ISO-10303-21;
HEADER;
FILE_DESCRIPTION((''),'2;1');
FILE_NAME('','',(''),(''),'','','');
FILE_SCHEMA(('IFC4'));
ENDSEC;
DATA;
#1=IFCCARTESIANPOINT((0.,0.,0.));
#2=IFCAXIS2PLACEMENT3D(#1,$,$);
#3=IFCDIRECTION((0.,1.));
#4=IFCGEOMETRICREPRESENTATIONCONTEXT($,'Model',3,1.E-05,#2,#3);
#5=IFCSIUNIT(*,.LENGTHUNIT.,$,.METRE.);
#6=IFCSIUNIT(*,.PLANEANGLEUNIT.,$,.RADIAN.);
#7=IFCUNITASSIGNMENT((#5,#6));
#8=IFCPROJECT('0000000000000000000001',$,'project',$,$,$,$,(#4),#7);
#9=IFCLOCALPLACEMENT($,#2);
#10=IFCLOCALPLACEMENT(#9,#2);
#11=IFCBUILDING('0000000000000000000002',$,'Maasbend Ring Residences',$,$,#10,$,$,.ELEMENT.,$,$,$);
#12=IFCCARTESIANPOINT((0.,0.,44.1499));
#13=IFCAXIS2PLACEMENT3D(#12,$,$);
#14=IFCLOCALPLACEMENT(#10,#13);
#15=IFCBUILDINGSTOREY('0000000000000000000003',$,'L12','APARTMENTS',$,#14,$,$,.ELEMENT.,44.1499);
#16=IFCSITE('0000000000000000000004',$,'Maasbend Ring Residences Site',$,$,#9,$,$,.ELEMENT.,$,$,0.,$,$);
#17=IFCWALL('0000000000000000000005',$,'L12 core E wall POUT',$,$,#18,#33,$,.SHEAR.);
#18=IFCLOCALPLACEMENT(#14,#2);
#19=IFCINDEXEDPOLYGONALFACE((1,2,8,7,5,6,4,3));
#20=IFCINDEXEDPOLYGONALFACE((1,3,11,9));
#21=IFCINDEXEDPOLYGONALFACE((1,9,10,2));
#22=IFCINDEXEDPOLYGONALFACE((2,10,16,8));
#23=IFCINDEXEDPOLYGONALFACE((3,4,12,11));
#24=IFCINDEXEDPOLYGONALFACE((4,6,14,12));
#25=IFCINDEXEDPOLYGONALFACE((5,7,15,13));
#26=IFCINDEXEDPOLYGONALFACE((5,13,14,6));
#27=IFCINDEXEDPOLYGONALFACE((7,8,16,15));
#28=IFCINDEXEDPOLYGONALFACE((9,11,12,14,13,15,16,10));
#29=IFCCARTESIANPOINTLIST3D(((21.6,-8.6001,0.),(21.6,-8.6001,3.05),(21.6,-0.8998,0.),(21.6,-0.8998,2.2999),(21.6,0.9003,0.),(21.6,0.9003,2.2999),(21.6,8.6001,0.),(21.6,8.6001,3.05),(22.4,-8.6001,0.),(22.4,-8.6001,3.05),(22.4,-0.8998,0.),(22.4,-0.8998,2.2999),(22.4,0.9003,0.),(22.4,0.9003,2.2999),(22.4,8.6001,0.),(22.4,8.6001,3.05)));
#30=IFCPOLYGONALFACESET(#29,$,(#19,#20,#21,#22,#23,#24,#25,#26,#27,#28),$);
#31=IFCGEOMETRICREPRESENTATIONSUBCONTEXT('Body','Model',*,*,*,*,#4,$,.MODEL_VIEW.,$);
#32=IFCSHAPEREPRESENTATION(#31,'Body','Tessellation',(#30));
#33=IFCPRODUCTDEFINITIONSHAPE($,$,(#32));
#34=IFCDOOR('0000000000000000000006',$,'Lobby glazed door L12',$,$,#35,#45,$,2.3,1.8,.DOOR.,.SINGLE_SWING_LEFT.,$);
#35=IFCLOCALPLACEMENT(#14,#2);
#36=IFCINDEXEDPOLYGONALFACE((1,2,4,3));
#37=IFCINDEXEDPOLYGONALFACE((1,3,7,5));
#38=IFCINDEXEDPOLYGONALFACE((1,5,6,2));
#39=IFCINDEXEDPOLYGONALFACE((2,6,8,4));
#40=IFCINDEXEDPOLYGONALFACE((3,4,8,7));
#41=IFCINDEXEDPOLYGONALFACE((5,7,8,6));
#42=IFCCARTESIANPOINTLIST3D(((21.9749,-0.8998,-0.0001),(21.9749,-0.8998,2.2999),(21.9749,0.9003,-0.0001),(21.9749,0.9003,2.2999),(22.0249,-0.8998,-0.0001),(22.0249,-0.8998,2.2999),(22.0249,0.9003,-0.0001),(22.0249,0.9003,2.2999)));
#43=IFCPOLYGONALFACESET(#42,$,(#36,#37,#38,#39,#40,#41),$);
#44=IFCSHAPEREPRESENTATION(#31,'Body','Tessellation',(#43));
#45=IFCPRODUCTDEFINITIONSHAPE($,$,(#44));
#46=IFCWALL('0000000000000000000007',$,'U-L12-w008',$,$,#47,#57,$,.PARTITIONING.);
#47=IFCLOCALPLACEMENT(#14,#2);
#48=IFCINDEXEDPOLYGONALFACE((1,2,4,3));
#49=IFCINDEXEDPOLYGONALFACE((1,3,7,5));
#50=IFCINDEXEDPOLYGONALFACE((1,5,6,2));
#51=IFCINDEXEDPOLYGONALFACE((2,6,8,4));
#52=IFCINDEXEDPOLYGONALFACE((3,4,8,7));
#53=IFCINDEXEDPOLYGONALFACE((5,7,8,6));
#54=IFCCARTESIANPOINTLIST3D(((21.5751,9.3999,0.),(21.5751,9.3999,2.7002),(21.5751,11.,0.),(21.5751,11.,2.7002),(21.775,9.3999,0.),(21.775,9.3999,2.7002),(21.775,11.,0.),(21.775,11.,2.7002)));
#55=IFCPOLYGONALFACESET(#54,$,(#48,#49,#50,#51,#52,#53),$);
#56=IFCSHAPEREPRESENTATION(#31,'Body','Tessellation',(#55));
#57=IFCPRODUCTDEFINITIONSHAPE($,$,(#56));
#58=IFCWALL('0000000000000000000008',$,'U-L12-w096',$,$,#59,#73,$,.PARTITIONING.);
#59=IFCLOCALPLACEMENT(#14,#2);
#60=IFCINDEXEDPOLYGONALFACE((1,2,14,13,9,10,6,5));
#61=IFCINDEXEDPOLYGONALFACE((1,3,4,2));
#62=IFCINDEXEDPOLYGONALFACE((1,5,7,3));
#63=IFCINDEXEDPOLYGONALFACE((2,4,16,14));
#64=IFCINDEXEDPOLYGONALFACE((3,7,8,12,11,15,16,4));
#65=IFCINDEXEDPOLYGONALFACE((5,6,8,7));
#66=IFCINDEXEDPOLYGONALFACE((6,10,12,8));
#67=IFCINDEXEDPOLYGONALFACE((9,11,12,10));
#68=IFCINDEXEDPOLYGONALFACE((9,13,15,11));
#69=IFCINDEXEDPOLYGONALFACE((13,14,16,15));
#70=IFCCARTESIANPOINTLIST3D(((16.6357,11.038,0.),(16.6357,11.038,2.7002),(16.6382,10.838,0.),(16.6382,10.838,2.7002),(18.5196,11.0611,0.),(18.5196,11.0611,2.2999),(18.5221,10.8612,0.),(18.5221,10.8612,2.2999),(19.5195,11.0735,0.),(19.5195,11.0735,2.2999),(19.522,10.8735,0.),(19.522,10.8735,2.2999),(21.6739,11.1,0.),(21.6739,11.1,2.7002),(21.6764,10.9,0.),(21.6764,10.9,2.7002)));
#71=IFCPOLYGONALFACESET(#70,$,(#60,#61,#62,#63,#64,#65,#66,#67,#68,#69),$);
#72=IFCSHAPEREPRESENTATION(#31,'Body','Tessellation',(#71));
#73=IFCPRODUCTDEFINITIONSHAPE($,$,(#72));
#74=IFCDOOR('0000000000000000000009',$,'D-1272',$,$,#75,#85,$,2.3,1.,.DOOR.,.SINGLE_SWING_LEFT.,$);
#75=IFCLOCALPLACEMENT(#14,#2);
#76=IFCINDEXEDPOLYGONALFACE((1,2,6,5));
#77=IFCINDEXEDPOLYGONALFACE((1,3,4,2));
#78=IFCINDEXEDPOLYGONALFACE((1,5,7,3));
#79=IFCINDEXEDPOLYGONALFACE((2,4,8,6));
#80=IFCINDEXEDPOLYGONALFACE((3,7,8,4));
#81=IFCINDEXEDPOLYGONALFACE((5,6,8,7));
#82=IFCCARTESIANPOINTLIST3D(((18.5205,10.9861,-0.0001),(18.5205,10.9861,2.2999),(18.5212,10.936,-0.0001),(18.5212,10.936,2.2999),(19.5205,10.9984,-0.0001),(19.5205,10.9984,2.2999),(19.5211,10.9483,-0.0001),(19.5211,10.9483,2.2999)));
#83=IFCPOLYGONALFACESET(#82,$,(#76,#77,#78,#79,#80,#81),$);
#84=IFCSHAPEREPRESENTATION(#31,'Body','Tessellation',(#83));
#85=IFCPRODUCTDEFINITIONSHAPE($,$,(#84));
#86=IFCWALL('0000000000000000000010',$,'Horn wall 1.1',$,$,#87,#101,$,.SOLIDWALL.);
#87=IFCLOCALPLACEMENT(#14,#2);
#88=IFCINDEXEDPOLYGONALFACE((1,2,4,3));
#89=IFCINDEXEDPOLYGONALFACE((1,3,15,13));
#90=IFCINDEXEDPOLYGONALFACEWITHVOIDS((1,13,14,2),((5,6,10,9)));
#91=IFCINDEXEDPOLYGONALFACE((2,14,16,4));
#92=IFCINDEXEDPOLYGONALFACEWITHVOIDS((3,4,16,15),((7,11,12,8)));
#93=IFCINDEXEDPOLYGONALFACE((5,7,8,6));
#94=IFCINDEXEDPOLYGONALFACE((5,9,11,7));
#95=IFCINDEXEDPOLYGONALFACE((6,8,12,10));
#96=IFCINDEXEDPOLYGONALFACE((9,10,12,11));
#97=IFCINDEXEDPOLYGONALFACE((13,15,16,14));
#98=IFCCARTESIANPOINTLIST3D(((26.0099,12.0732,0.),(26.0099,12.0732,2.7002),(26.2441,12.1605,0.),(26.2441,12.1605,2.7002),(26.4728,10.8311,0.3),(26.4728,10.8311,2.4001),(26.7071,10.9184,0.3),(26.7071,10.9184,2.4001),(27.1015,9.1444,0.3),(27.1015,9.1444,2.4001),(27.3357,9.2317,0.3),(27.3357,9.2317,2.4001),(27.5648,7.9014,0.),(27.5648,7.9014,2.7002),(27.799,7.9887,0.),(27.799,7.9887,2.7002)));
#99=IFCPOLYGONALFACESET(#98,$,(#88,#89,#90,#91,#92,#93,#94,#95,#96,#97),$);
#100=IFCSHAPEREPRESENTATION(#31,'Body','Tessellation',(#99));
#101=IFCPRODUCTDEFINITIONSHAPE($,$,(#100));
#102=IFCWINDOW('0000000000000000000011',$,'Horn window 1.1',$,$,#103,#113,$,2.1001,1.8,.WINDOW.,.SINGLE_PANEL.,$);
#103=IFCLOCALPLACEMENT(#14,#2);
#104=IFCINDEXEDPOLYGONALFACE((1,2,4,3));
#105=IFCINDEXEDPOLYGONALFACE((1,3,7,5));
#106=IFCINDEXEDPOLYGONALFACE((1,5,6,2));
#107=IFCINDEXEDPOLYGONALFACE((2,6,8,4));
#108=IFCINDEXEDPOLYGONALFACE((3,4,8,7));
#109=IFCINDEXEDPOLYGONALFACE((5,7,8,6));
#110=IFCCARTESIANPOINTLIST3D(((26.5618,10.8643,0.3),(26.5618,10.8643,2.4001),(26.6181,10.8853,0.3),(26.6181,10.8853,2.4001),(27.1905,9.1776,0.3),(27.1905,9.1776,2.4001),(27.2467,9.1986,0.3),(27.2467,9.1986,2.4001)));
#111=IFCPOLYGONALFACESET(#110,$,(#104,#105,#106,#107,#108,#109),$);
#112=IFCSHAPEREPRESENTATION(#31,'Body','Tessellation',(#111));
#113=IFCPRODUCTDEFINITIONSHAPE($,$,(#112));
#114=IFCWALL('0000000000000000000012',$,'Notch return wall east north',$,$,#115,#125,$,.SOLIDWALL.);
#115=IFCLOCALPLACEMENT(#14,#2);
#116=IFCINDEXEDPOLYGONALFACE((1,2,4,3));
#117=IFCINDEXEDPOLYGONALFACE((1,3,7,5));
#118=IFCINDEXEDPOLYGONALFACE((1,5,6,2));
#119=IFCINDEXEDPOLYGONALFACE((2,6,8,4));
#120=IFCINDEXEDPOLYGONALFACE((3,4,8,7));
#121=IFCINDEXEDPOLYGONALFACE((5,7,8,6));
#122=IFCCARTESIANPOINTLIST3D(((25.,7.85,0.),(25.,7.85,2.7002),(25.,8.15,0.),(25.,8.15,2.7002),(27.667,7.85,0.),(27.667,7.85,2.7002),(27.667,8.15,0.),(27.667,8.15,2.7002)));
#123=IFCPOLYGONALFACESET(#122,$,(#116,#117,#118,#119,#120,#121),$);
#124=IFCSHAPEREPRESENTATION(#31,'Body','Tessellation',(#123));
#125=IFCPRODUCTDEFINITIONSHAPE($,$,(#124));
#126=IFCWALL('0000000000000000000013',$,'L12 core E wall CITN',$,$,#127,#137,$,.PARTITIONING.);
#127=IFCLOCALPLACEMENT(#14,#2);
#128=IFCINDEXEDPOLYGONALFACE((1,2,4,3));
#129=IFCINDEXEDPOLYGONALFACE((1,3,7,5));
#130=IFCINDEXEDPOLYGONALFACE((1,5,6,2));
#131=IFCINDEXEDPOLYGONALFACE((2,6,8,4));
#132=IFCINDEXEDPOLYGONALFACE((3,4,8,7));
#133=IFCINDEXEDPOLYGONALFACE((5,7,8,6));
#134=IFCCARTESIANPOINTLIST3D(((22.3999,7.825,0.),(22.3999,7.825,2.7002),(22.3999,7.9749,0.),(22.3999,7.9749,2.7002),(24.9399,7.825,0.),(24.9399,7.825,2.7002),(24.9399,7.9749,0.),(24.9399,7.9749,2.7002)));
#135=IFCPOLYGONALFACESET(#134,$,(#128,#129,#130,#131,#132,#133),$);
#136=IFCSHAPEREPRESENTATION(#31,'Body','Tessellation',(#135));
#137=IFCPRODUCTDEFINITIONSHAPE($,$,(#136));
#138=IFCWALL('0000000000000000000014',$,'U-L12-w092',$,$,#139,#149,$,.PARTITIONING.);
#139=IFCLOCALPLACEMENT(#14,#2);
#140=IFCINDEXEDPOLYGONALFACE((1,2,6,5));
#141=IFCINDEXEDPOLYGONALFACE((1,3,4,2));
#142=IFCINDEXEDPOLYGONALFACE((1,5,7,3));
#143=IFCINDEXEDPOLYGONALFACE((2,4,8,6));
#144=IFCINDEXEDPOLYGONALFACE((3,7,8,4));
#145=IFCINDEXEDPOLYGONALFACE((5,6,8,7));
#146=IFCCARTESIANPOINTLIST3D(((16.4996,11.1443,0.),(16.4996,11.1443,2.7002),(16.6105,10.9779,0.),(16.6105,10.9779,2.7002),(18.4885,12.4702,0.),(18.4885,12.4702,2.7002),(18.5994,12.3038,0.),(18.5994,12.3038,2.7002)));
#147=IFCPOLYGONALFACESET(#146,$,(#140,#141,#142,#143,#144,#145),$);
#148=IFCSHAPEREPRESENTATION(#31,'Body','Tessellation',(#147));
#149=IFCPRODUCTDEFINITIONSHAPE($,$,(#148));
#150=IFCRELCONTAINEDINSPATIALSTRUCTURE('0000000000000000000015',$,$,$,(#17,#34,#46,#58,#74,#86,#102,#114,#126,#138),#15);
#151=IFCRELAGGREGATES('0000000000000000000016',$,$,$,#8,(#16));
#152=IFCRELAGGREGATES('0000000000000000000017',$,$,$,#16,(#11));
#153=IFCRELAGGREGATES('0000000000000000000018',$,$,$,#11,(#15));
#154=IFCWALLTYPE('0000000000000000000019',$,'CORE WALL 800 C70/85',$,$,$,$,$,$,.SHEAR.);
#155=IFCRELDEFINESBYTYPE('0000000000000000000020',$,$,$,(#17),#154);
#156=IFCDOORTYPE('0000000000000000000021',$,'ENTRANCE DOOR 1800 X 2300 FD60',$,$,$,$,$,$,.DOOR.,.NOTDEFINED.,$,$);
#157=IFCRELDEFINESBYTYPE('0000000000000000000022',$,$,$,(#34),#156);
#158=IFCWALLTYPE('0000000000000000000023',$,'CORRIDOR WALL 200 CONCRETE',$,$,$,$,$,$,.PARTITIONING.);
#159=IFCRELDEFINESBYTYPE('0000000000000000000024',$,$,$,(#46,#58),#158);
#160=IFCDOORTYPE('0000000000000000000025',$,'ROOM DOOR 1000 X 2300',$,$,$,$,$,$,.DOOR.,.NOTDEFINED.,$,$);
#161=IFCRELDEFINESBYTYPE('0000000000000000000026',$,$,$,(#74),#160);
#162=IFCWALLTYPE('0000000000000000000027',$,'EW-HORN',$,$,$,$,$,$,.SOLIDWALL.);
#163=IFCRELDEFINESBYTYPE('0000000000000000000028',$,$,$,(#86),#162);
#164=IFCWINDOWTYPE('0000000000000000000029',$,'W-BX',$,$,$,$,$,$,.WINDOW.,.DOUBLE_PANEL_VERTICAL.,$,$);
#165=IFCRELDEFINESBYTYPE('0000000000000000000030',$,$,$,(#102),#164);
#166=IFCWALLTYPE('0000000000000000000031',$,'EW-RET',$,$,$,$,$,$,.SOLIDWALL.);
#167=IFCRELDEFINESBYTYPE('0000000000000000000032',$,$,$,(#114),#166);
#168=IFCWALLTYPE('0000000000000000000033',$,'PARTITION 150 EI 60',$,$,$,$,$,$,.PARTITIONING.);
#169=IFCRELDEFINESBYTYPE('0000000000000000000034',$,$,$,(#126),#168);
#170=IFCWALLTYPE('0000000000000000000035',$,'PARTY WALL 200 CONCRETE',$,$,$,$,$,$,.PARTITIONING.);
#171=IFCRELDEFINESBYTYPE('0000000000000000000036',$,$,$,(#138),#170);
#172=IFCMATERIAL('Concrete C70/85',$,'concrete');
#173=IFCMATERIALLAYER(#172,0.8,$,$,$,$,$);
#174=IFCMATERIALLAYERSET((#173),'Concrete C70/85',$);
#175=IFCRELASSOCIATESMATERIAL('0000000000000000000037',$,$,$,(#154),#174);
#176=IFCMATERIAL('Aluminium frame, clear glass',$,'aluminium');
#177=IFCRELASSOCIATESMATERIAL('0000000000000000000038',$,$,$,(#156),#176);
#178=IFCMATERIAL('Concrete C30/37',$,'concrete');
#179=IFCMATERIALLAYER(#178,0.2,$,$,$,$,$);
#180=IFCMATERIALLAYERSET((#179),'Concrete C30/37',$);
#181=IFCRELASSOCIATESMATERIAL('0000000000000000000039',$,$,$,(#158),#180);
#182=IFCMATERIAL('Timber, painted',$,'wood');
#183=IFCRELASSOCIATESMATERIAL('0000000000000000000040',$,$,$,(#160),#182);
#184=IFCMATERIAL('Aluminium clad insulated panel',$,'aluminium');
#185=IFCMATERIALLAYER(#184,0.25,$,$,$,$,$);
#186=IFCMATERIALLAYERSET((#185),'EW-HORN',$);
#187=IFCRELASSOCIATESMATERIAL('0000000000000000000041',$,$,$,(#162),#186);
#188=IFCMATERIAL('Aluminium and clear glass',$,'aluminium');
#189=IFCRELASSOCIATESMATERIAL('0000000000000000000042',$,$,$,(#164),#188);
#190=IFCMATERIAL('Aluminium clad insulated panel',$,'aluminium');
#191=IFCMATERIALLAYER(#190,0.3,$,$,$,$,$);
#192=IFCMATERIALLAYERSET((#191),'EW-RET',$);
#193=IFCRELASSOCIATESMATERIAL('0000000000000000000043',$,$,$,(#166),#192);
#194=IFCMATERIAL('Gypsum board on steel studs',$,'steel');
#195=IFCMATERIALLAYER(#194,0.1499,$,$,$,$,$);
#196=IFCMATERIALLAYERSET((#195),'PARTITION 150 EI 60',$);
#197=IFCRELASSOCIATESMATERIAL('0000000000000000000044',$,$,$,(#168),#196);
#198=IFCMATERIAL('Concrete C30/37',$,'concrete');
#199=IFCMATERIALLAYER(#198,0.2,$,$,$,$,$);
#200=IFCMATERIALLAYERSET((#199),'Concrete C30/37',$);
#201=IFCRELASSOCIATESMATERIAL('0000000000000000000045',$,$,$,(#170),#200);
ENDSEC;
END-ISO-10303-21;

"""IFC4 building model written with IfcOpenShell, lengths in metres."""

from ifc_helpers import new_model, si_unit, direction, frame, frame_2d, origin, place, context, subcontext, project, spatial, rectangle, extrude, material, layer, layer_set, type_object, element, fill, save


model = new_model("IFC4")

# Units and contexts
model_context = context("Model", 3, precision=1e-05, world=origin(), true_north=direction((0.0, 1.0)))
body_context = subcontext(model_context, "Body", "Model", "MODEL_VIEW")
ifc_project = project(units=[si_unit("LENGTHUNIT", "METRE"), si_unit("PLANEANGLEUNIT", "RADIAN")], contexts=[model_context])

# Site, building, storey
site_placement = place(None, origin())
site = spatial("IfcSite", under=ifc_project, at=site_placement, Name="Maasbend Ring Residences Site", CompositionType="ELEMENT", RefElevation=0.0)
building_placement = place(site_placement, origin())
building = spatial("IfcBuilding", under=site, at=building_placement, Name="Maasbend Ring Residences", CompositionType="ELEMENT")
storey_placement = place(building_placement, frame((0.0, 0.0, 44.1499)))
storey = spatial("IfcBuildingStorey", under=building, at=storey_placement, Name="L12", Description="APARTMENTS", CompositionType="ELEMENT", Elevation=44.1499)

# Wall, opening, door
ifc_material_1 = material(Name="Concrete C70/85", Category="concrete")
ifc_layer_1 = layer(ifc_material_1, 0.8)
ifc_layer_set_1 = layer_set([ifc_layer_1], Name="Concrete C70/85")
wall_type_1 = type_object("IfcWallType", Name="CORE WALL 800 C70/85", PredefinedType="SHEAR", material=ifc_layer_set_1)
wall_1_placement = place(storey_placement, frame((22.0, 8.6001, 0.0), z_axis=(0.0, 0.0, 1.0), x_axis=(0.0, -1.0, 0.0)))
wall_1 = element("IfcWall", 1, at=wall_1_placement, inside=storey, type_object=wall_type_1, Name="L12 core E wall POUT", PredefinedType="SHEAR", context=body_context, shape_type="SweptSolid", body=[
    extrude(rectangle(XDim=17.2002, YDim=0.8, at=frame_2d((8.6001, 0.0))), origin(), (0.0, 0.0, 1.0), 3.05),
])
opening_1_placement = place(wall_1_placement, frame((7.7, 0.0, 0.0)))
opening_1 = element("IfcOpeningElement", 2, at=opening_1_placement, cuts=wall_1, PredefinedType="OPENING", context=body_context, shape_type="SweptSolid", body=[
    extrude(rectangle(XDim=1.8, YDim=2.3, at=frame_2d((0.8999, 1.1499))), frame((0.0, 0.4102, 0.0), z_axis=(0.0, -1.0, 0.0), x_axis=(1.0, 0.0, 0.0)), (0.0, 0.0, 1.0), 0.8201),
])
ifc_material_2 = material(Name="Aluminium frame, clear glass", Category="aluminium")
door_type_1 = type_object("IfcDoorType", Name="ENTRANCE DOOR 1800 X 2300 FD60", OperationType="NOTDEFINED", PredefinedType="DOOR", material=ifc_material_2)
door_1_placement = place(opening_1_placement, origin())
door_1 = element("IfcDoor", 3, at=door_1_placement, inside=storey, type_object=door_type_1, Name="Lobby glazed door L12", OperationType="SINGLE_SWING_LEFT", OverallHeight=2.3, OverallWidth=1.8, PredefinedType="DOOR", context=body_context, shape_type="SweptSolid", body=[
    extrude(rectangle(XDim=1.8, YDim=2.3, at=frame_2d((0.8999, 1.1499))), frame((0.0, 0.0249, 0.0), z_axis=(0.0, -1.0, 0.0), x_axis=(1.0, 0.0, 0.0)), (0.0, 0.0, 1.0), 0.05),
])
fill(opening_1, door_1)

# Wall
ifc_material_3 = material(Name="Concrete C30/37", Category="concrete")
ifc_layer_2 = layer(ifc_material_3, 0.2)
ifc_layer_set_2 = layer_set([ifc_layer_2], Name="Concrete C30/37")
wall_type_2 = type_object("IfcWallType", Name="CORRIDOR WALL 200 CONCRETE", PredefinedType="PARTITIONING", material=ifc_layer_set_2)
wall_2_placement = place(storey_placement, frame((21.675, 9.3999, 0.0), z_axis=(0.0, 0.0, 1.0), x_axis=(0.0, 1.0, 0.0)))
element("IfcWall", 4, at=wall_2_placement, inside=storey, type_object=wall_type_2, Name="U-L12-w008", PredefinedType="PARTITIONING", context=body_context, shape_type="SweptSolid", body=[
    extrude(rectangle(XDim=1.6001, YDim=0.2, at=frame_2d((0.8, 0.0))), origin(), (0.0, 0.0, 1.0), 2.7002),
])

# Wall, opening, door
wall_3_placement = place(storey_placement, frame((16.637, 10.938, 0.0), z_axis=(0.0, 0.0, 1.0), x_axis=(0.999924, 0.012308, 0.0)))
wall_3 = element("IfcWall", 5, at=wall_3_placement, inside=storey, type_object=wall_type_2, Name="U-L12-w096", PredefinedType="PARTITIONING", context=body_context, shape_type="SweptSolid", body=[
    extrude(rectangle(XDim=5.0386, YDim=0.2, at=frame_2d((2.5193, 0.0))), origin(), (0.0, 0.0, 1.0), 2.7002),
])
opening_2_placement = place(wall_3_placement, frame((1.884, 0.0, 0.0)))
opening_2 = element("IfcOpeningElement", 6, at=opening_2_placement, cuts=wall_3, PredefinedType="OPENING", context=body_context, shape_type="SweptSolid", body=[
    extrude(rectangle(XDim=1.0, YDim=2.3, at=frame_2d((0.5, 1.1499))), frame((0.0, 0.1099, 0.0), z_axis=(0.0, -1.0, 0.0), x_axis=(1.0, 0.0, 0.0)), (0.0, 0.0, 1.0), 0.22),
])
ifc_material_4 = material(Name="Timber, painted", Category="wood")
door_type_2 = type_object("IfcDoorType", Name="ROOM DOOR 1000 X 2300", OperationType="NOTDEFINED", PredefinedType="DOOR", material=ifc_material_4)
door_2_placement = place(opening_2_placement, origin())
door_2 = element("IfcDoor", 7, at=door_2_placement, inside=storey, type_object=door_type_2, Name="D-1272", OperationType="SINGLE_SWING_LEFT", OverallHeight=2.3, OverallWidth=1.0, PredefinedType="DOOR", context=body_context, shape_type="SweptSolid", body=[
    extrude(rectangle(XDim=1.0, YDim=2.3, at=frame_2d((0.5, 1.1499))), frame((0.0, 0.0249, 0.0), z_axis=(0.0, -1.0, 0.0), x_axis=(1.0, 0.0, 0.0)), (0.0, 0.0, 1.0), 0.05),
])
fill(opening_2, door_2)

# Wall, opening, window
ifc_material_5 = material(Name="Aluminium clad insulated panel", Category="aluminium")
ifc_layer_3 = layer(ifc_material_5, 0.25)
ifc_layer_set_3 = layer_set([ifc_layer_3], Name="EW-HORN")
wall_type_3 = type_object("IfcWallType", Name="EW-HORN", PredefinedType="SOLIDWALL", material=ifc_layer_set_3)
wall_4_placement = place(storey_placement, frame((27.6819, 7.9451, 0.0), z_axis=(0.0, 0.0, 1.0), x_axis=(-0.349248, 0.93703, 0.0)))
wall_4 = element("IfcWall", 8, at=wall_4_placement, inside=storey, type_object=wall_type_3, Name="Horn wall 1.1", PredefinedType="SOLIDWALL", context=body_context, shape_type="SweptSolid", body=[
    extrude(rectangle(XDim=4.4521, YDim=0.25, at=frame_2d((2.2261, 0.0))), origin(), (0.0, 0.0, 1.0), 2.7002),
])
opening_3_placement = place(wall_4_placement, frame((1.3267, 0.0, 0.3)))
opening_3 = element("IfcOpeningElement", 9, at=opening_3_placement, cuts=wall_4, PredefinedType="OPENING", context=body_context, shape_type="SweptSolid", body=[
    extrude(rectangle(XDim=1.8, YDim=2.1001, at=frame_2d((0.8999, 1.05))), frame((0.0, 0.135, 0.0), z_axis=(0.0, -1.0, 0.0), x_axis=(1.0, 0.0, 0.0)), (0.0, 0.0, 1.0), 0.27),
])
ifc_material_6 = material(Name="Aluminium and clear glass", Category="aluminium")
window_type = type_object("IfcWindowType", Name="W-BX", PartitioningType="DOUBLE_PANEL_VERTICAL", PredefinedType="WINDOW", material=ifc_material_6)
window_placement = place(opening_3_placement, origin())
window = element("IfcWindow", 10, at=window_placement, inside=storey, type_object=window_type, Name="Horn window 1.1", OverallHeight=2.1001, OverallWidth=1.8, PartitioningType="SINGLE_PANEL", PredefinedType="WINDOW", context=body_context, shape_type="SweptSolid", body=[
    extrude(rectangle(XDim=1.8, YDim=2.1001, at=frame_2d((0.8999, 1.05))), frame((0.0, 0.03, 0.0), z_axis=(0.0, -1.0, 0.0), x_axis=(1.0, 0.0, 0.0)), (0.0, 0.0, 1.0), 0.0601),
])
fill(opening_3, window)

# Walls
ifc_material_7 = material(Name="Aluminium clad insulated panel", Category="aluminium")
ifc_layer_4 = layer(ifc_material_7, 0.3)
ifc_layer_set_4 = layer_set([ifc_layer_4], Name="EW-RET")
wall_type_4 = type_object("IfcWallType", Name="EW-RET", PredefinedType="SOLIDWALL", material=ifc_layer_set_4)
wall_5_placement = place(storey_placement, frame((25.0, 8.0, 0.0), z_axis=(0.0, 0.0, 1.0), x_axis=(1.0, 0.0, 0.0)))
element("IfcWall", 11, at=wall_5_placement, inside=storey, type_object=wall_type_4, Name="Notch return wall east north", PredefinedType="SOLIDWALL", context=body_context, shape_type="SweptSolid", body=[
    extrude(rectangle(XDim=2.667, YDim=0.3, at=frame_2d((1.3335, 0.0))), origin(), (0.0, 0.0, 1.0), 2.7002),
])
ifc_material_8 = material(Name="Gypsum board on steel studs", Category="steel")
ifc_layer_5 = layer(ifc_material_8, 0.1499)
ifc_layer_set_5 = layer_set([ifc_layer_5], Name="PARTITION 150 EI 60")
wall_type_5 = type_object("IfcWallType", Name="PARTITION 150 EI 60", PredefinedType="PARTITIONING", material=ifc_layer_set_5)
wall_6_placement = place(storey_placement, frame((22.3999, 7.8999, 0.0), z_axis=(0.0, 0.0, 1.0), x_axis=(1.0, 0.0, 0.0)))
element("IfcWall", 12, at=wall_6_placement, inside=storey, type_object=wall_type_5, Name="L12 core E wall CITN", PredefinedType="PARTITIONING", context=body_context, shape_type="SweptSolid", body=[
    extrude(rectangle(XDim=2.54, YDim=0.1499, at=frame_2d((1.27, 0.0))), origin(), (0.0, 0.0, 1.0), 2.7002),
])
ifc_material_9 = material(Name="Concrete C30/37", Category="concrete")
ifc_layer_6 = layer(ifc_material_9, 0.2)
ifc_layer_set_6 = layer_set([ifc_layer_6], Name="Concrete C30/37")
wall_type_6 = type_object("IfcWallType", Name="PARTY WALL 200 CONCRETE", PredefinedType="PARTITIONING", material=ifc_layer_set_6)
wall_7_placement = place(storey_placement, frame((16.5549, 11.061, 0.0), z_axis=(0.0, 0.0, 1.0), x_axis=(0.832066, 0.554677, 0.0)))
element("IfcWall", 13, at=wall_7_placement, inside=storey, type_object=wall_type_6, Name="U-L12-w092", PredefinedType="PARTITIONING", context=body_context, shape_type="SweptSolid", body=[
    extrude(rectangle(XDim=2.3904, YDim=0.2, at=frame_2d((1.1953, 0.0))), origin(), (0.0, 0.0, 1.0), 2.7002),
])

save(model, "model.ifc")
